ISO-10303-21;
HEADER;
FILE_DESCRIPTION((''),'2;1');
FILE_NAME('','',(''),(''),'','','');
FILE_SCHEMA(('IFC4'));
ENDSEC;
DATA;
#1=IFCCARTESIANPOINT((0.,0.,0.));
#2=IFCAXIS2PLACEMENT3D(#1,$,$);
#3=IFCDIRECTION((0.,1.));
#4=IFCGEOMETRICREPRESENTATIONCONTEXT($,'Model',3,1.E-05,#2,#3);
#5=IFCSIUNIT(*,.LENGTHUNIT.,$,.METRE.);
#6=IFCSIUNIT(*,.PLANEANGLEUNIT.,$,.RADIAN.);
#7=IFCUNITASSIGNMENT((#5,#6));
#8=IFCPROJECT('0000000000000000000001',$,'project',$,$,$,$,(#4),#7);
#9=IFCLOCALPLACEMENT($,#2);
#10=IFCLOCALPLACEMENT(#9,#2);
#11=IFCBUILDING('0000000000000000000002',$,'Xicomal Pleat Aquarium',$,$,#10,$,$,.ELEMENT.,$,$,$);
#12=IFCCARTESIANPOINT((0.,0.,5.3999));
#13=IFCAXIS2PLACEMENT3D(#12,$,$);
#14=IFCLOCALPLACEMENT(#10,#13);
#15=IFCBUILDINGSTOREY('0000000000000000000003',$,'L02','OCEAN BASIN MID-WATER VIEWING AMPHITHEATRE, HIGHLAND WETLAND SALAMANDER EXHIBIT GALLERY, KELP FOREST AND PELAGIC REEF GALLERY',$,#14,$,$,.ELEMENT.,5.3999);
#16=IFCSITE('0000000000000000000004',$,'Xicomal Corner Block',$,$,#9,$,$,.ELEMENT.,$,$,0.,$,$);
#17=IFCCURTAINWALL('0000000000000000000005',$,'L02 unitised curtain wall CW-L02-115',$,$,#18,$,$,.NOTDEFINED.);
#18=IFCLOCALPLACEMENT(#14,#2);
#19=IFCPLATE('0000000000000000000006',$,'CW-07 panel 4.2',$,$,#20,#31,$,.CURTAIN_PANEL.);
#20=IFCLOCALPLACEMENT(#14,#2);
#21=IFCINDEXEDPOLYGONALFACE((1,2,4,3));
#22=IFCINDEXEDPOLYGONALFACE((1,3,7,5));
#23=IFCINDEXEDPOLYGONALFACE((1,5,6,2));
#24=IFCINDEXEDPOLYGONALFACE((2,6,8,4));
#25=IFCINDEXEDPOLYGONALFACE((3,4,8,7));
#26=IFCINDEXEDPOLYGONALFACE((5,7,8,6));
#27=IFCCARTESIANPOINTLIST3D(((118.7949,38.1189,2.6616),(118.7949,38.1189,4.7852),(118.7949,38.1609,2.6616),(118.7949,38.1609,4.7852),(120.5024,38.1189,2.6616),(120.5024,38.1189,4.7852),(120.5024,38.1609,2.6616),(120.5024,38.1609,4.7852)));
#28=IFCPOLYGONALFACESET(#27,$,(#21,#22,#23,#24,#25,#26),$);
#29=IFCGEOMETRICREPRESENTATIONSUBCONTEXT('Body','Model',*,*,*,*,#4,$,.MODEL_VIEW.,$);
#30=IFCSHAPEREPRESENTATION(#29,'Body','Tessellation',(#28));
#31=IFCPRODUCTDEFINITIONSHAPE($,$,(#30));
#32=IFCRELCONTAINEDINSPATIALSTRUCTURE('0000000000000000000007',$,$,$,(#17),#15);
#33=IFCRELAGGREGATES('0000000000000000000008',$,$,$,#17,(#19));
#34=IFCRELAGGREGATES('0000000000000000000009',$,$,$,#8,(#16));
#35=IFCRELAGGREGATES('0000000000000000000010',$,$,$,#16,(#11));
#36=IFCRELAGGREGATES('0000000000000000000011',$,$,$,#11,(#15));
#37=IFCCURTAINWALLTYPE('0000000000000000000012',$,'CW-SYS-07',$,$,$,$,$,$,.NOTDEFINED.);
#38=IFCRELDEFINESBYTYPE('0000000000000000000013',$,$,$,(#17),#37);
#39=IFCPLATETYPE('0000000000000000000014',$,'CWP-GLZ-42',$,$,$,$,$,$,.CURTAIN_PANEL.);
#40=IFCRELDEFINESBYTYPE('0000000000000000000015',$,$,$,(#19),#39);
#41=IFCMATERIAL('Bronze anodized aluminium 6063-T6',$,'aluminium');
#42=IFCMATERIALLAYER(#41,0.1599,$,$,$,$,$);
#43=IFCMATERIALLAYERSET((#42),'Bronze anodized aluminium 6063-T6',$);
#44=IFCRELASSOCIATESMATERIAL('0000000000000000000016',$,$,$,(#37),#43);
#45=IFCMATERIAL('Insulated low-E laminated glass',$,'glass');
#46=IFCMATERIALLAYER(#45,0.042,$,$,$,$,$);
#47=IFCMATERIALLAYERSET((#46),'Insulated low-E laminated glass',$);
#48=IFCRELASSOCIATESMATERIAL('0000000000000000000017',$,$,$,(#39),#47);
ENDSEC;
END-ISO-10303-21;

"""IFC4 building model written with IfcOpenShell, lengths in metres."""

from ifc_helpers import new_model, si_unit, direction, frame, origin, origin_2d, place, context, subcontext, project, spatial, rectangle, extrude, material, layer, layer_set, type_object, element, aggregate, save


model = new_model("IFC4")

# Units and contexts
model_context = context("Model", 3, precision=1e-05, world=origin(), true_north=direction((0.0, 1.0)))
body_context = subcontext(model_context, "Body", "Model", "MODEL_VIEW")
ifc_project = project(units=[si_unit("LENGTHUNIT", "METRE"), si_unit("PLANEANGLEUNIT", "RADIAN")], contexts=[model_context])

# Site, building, storey
site_placement = place(None, origin())
site = spatial("IfcSite", under=ifc_project, at=site_placement, Name="Xicomal Corner Block", CompositionType="ELEMENT", RefElevation=0.0)
building_placement = place(site_placement, origin())
building = spatial("IfcBuilding", under=site, at=building_placement, Name="Xicomal Pleat Aquarium", CompositionType="ELEMENT")
storey_placement = place(building_placement, frame((0.0, 0.0, 5.3999)))
storey = spatial("IfcBuildingStorey", under=building, at=storey_placement, Name="L02", Description="OCEAN BASIN MID-WATER VIEWING AMPHITHEATRE, HIGHLAND WETLAND SALAMANDER EXHIBIT GALLERY, KELP FOREST AND PELAGIC REEF GALLERY", CompositionType="ELEMENT", Elevation=5.3999)

# Curtain wall
ifc_material_1 = material(Name="Bronze anodized aluminium 6063-T6", Category="aluminium")
ifc_layer_1 = layer(ifc_material_1, 0.1599)
ifc_layer_set_1 = layer_set([ifc_layer_1], Name="Bronze anodized aluminium 6063-T6")
curtain_wall_type_1 = type_object("IfcCurtainWallType", Name="CW-SYS-07", PredefinedType="NOTDEFINED", material=ifc_layer_set_1)
curtain_wall_1_placement = place(storey_placement, origin())
curtain_wall_1 = element("IfcCurtainWall", 1, at=curtain_wall_1_placement, inside=storey, type_object=curtain_wall_type_1, Name="L02 unitised curtain wall CW-L02-115", PredefinedType="NOTDEFINED")

# Plate
ifc_material_2 = material(Name="Insulated low-E laminated glass", Category="glass")
ifc_layer_2 = layer(ifc_material_2, 0.042)
ifc_layer_set_2 = layer_set([ifc_layer_2], Name="Insulated low-E laminated glass")
plate_type_1 = type_object("IfcPlateType", Name="CWP-GLZ-42", PredefinedType="CURTAIN_PANEL", material=ifc_layer_set_2)
plate_1_placement = place(storey_placement, frame((119.6487, 38.1399, 2.6616), z_axis=(0.0, 0.0, 1.0), x_axis=(-1.0, 0.0, 0.0)))
plate_1 = element("IfcPlate", 2, at=plate_1_placement, type_object=plate_type_1, Name="CW-07 panel 4.2", PredefinedType="CURTAIN_PANEL", context=body_context, shape_type="SweptSolid", body=[
    extrude(rectangle(XDim=1.7075, YDim=0.042, at=origin_2d()), origin(), (0.0, 0.0, 1.0), 2.1235),
])
aggregate(curtain_wall_1, [plate_1])

save(model, "model.ifc")
